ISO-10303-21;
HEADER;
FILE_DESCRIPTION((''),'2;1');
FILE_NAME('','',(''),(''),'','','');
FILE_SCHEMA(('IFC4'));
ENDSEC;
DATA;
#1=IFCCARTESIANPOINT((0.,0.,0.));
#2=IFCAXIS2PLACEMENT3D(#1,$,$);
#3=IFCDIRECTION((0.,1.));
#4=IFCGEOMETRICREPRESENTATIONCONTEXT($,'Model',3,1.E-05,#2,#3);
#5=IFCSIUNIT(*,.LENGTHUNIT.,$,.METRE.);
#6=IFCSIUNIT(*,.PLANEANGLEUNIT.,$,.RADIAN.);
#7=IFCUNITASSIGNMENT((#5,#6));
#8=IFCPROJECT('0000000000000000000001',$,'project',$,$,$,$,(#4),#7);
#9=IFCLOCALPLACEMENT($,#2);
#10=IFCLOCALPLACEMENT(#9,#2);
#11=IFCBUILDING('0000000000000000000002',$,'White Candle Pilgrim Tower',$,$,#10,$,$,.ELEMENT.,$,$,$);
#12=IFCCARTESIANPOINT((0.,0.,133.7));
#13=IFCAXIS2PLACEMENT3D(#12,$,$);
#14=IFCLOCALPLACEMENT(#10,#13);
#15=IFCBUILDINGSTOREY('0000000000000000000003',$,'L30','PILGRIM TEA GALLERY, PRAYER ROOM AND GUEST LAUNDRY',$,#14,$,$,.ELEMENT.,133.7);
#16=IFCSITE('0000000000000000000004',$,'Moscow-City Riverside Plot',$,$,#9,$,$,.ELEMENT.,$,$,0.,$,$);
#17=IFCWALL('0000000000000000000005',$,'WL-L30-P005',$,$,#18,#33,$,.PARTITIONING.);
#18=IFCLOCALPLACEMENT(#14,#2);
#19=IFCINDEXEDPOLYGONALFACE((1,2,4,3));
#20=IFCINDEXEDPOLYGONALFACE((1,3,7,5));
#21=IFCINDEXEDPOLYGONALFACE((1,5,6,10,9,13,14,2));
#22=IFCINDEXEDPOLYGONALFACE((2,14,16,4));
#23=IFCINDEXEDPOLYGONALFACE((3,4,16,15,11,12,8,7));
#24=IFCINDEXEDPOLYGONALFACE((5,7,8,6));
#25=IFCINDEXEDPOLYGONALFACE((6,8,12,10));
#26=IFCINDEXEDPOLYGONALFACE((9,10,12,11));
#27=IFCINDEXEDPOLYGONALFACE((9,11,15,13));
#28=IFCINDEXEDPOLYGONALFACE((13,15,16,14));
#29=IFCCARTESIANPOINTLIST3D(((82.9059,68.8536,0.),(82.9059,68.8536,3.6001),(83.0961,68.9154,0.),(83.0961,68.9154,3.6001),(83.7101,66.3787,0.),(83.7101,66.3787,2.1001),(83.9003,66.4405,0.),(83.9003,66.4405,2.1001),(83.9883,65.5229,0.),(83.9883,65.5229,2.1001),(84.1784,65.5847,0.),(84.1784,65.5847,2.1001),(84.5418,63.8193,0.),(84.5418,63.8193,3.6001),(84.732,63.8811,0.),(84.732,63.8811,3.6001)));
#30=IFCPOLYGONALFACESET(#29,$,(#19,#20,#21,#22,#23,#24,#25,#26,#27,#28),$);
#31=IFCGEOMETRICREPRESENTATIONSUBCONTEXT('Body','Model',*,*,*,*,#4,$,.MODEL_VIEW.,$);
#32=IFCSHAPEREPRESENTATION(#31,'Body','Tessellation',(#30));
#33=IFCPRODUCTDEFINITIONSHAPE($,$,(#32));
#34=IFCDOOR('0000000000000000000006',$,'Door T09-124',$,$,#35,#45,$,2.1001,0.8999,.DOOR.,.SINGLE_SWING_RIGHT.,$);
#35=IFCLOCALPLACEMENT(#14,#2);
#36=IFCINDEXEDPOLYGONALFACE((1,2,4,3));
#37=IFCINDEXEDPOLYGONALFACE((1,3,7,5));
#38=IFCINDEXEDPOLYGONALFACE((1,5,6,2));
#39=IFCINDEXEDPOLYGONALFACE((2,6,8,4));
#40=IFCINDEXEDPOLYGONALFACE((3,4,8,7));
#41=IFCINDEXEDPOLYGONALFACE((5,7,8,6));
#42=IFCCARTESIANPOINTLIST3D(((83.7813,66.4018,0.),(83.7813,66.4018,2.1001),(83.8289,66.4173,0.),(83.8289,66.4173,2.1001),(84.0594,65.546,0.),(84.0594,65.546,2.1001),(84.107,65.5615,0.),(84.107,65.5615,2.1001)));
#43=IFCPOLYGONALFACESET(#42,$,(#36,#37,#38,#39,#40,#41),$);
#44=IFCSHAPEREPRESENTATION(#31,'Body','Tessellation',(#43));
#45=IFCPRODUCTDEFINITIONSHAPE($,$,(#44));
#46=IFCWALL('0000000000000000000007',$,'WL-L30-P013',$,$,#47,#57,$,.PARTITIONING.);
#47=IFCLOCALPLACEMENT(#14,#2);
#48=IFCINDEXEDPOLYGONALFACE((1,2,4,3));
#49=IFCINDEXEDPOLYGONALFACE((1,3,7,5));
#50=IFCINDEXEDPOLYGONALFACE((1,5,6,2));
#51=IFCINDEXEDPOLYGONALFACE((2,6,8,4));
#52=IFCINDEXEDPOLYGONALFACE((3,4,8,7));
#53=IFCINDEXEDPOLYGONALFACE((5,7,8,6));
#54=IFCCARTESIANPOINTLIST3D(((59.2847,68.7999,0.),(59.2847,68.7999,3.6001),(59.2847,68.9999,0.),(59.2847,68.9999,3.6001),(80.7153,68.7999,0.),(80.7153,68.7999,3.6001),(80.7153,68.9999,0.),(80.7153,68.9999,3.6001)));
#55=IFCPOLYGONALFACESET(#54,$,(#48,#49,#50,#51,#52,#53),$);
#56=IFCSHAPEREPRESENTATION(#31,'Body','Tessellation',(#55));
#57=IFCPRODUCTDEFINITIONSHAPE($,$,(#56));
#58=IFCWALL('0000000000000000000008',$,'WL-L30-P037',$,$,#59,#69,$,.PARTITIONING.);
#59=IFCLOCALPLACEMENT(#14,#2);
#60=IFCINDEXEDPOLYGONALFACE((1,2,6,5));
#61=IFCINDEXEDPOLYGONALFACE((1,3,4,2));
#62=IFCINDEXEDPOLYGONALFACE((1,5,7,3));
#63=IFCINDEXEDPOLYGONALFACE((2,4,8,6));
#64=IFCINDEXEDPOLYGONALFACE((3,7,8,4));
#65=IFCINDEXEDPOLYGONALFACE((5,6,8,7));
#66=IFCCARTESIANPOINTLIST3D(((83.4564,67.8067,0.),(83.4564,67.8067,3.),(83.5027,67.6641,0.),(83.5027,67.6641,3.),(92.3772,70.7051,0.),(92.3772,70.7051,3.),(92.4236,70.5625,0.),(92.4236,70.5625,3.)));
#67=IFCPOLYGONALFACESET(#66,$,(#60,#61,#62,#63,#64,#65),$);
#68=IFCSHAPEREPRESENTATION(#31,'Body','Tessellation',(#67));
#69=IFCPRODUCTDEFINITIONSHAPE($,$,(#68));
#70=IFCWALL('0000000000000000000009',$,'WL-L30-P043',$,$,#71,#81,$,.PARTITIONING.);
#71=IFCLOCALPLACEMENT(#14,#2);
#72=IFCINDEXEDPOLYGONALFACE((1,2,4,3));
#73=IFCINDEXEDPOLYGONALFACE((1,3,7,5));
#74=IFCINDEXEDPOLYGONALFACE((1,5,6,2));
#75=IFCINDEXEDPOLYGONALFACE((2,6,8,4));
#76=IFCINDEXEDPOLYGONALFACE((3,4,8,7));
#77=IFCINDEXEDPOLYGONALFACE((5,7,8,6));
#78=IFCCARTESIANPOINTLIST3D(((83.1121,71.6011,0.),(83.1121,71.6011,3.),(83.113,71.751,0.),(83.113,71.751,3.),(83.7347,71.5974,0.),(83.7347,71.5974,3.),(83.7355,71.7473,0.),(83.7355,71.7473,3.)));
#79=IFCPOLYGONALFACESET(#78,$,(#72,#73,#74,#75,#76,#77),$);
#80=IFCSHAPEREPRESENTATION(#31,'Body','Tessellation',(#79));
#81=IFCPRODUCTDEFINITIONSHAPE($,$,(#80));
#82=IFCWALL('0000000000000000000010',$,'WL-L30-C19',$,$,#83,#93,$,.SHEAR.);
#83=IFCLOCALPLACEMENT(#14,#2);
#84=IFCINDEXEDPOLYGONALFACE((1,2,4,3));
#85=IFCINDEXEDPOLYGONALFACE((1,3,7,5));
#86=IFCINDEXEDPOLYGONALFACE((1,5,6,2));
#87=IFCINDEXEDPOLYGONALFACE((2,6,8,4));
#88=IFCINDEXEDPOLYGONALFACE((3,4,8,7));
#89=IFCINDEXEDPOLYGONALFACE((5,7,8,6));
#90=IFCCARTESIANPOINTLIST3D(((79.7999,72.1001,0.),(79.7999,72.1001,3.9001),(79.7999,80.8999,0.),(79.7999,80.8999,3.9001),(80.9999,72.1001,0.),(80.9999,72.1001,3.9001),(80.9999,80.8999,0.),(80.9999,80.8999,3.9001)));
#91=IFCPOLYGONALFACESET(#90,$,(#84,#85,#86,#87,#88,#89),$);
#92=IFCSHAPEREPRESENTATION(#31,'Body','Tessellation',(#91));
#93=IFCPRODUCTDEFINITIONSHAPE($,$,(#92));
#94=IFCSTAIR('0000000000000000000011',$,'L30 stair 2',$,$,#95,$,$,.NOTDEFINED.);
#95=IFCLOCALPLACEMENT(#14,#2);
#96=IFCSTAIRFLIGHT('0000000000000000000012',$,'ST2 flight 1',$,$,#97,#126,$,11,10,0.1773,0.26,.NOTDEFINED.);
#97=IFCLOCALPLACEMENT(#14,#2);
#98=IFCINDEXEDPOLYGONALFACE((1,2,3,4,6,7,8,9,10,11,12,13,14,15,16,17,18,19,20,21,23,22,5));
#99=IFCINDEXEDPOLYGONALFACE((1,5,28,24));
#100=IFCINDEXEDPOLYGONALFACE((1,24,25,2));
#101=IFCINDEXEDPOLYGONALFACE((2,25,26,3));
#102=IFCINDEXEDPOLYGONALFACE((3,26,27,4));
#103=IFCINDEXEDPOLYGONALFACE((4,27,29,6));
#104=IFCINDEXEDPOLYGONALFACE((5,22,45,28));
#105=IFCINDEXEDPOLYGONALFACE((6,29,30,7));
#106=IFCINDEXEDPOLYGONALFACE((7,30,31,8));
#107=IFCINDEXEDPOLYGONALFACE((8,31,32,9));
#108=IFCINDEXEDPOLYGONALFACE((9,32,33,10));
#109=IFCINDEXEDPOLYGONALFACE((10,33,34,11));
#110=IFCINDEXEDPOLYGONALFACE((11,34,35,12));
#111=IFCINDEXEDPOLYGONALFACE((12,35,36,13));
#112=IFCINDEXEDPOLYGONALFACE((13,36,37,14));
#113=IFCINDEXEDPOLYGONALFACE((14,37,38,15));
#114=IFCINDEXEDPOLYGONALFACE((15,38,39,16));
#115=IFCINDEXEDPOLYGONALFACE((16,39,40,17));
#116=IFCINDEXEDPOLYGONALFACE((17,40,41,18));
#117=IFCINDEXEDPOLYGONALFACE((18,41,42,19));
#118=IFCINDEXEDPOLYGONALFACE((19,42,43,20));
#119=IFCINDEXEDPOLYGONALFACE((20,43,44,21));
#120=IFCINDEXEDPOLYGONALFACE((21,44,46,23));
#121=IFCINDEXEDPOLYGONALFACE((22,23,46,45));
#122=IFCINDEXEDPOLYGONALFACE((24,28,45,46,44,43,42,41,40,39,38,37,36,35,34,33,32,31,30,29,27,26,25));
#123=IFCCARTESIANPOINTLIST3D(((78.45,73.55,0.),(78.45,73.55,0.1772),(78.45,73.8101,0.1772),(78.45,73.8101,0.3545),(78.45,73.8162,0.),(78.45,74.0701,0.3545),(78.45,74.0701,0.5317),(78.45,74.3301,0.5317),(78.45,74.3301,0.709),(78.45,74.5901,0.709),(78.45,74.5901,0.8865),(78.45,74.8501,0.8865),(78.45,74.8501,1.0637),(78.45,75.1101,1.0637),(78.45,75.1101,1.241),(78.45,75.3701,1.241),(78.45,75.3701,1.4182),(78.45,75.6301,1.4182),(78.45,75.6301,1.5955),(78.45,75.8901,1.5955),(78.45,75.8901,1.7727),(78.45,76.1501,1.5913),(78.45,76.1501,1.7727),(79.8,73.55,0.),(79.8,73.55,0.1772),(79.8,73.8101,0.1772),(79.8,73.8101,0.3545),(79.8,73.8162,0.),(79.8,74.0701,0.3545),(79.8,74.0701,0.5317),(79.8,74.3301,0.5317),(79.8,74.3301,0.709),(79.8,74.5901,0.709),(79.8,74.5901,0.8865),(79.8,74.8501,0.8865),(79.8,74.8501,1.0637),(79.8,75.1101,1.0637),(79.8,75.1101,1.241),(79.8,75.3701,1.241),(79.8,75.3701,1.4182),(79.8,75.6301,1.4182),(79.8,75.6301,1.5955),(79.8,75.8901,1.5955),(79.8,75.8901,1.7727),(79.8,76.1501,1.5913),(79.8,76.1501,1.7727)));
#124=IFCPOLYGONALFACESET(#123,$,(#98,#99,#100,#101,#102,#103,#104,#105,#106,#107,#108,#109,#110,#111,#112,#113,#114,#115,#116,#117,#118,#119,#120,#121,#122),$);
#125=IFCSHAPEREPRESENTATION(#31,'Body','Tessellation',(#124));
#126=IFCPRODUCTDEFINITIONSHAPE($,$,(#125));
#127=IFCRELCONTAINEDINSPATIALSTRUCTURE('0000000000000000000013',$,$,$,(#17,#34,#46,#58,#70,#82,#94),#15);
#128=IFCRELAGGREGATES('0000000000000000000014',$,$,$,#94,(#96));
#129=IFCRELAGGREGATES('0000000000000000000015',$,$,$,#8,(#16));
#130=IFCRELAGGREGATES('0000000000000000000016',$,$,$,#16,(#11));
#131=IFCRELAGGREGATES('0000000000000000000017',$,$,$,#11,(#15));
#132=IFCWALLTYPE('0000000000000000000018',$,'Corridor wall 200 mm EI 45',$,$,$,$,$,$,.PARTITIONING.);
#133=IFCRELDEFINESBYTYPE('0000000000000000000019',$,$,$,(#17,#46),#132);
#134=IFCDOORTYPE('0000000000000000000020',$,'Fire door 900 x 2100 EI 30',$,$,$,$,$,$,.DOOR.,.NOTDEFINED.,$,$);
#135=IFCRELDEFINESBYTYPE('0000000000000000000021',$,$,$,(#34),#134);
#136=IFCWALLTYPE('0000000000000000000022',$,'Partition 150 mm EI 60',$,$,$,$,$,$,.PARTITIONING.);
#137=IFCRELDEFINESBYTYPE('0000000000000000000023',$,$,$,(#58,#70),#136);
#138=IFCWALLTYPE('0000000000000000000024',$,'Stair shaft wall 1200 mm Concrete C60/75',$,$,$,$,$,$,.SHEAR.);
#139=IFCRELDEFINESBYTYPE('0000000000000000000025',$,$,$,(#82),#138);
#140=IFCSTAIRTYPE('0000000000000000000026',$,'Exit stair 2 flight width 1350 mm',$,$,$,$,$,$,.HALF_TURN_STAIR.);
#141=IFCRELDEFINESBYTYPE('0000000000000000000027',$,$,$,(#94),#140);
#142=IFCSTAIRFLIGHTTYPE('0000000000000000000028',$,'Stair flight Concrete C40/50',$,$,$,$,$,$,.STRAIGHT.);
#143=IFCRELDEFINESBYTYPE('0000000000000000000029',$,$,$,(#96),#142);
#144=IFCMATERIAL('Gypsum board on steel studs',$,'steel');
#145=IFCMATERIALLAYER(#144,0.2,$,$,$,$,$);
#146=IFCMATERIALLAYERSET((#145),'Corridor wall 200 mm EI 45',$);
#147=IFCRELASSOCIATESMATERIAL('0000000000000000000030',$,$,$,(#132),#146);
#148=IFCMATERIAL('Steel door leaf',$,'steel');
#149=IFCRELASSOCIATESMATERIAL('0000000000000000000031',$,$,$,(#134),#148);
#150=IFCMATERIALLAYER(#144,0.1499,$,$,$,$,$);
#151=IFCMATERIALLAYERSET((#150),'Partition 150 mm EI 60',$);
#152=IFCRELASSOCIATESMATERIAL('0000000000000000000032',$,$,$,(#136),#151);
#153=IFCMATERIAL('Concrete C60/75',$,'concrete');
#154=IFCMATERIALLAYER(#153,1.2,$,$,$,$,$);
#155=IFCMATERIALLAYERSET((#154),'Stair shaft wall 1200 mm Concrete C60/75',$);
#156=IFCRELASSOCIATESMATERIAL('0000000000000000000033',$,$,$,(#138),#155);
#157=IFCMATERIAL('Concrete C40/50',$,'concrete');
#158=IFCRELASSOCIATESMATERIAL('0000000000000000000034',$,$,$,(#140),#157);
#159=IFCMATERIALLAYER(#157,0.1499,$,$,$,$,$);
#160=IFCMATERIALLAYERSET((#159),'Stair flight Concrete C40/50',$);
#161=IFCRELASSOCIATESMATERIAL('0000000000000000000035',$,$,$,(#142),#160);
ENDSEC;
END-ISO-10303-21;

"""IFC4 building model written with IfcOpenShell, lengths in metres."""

from ifc_helpers import new_model, si_unit, direction, frame, frame_2d, origin, place, context, subcontext, project, spatial, polyline, rectangle, outline, extrude, material, layer, layer_set, type_object, element, fill, aggregate, save


model = new_model("IFC4")

# Units and contexts
model_context = context("Model", 3, precision=1e-05, world=origin(), true_north=direction((0.0, 1.0)))
body_context = subcontext(model_context, "Body", "Model", "MODEL_VIEW")
ifc_project = project(units=[si_unit("LENGTHUNIT", "METRE"), si_unit("PLANEANGLEUNIT", "RADIAN")], contexts=[model_context])

# Site, building, storey
site_placement = place(None, origin())
site = spatial("IfcSite", under=ifc_project, at=site_placement, Name="Moscow-City Riverside Plot", CompositionType="ELEMENT", RefElevation=0.0)
building_placement = place(site_placement, origin())
building = spatial("IfcBuilding", under=site, at=building_placement, Name="White Candle Pilgrim Tower", CompositionType="ELEMENT")
storey_placement = place(building_placement, frame((0.0, 0.0, 133.7)))
storey = spatial("IfcBuildingStorey", under=building, at=storey_placement, Name="L30", Description="PILGRIM TEA GALLERY, PRAYER ROOM AND GUEST LAUNDRY", CompositionType="ELEMENT", Elevation=133.7)

# Wall, opening, door
ifc_material_1 = material(Name="Gypsum board on steel studs", Category="steel")
ifc_layer_1 = layer(ifc_material_1, 0.2)
ifc_layer_set_1 = layer_set([ifc_layer_1], Name="Corridor wall 200 mm EI 45")
wall_type_1 = type_object("IfcWallType", Name="Corridor wall 200 mm EI 45", PredefinedType="PARTITIONING", material=ifc_layer_set_1)
wall_1_placement = place(storey_placement, frame((83.001, 68.8845, 0.0), z_axis=(0.0, 0.0, 1.0), x_axis=(0.309052, -0.951045, 0.0)))
wall_1 = element("IfcWall", 1, at=wall_1_placement, inside=storey, type_object=wall_type_1, Name="WL-L30-P005", PredefinedType="PARTITIONING", context=body_context, shape_type="SweptSolid", body=[
    extrude(rectangle(XDim=5.2935, YDim=0.2, at=frame_2d((2.6467, 0.0))), origin(), (0.0, 0.0, 1.0), 3.6001),
])
opening_placement = place(wall_1_placement, frame((2.6023, 0.0, 0.0)))
opening = element("IfcOpeningElement", 2, at=opening_placement, cuts=wall_1, PredefinedType="OPENING", context=body_context, shape_type="SweptSolid", body=[
    extrude(rectangle(XDim=0.8999, YDim=2.1001, at=frame_2d((0.45, 1.05))), frame((0.0, 0.1099, 0.0), z_axis=(0.0, -1.0, 0.0), x_axis=(1.0, 0.0, 0.0)), (0.0, 0.0, 1.0), 0.22),
])
ifc_material_2 = material(Name="Steel door leaf", Category="steel")
door_type = type_object("IfcDoorType", Name="Fire door 900 x 2100 EI 30", OperationType="NOTDEFINED", PredefinedType="DOOR", material=ifc_material_2)
door_placement = place(opening_placement, origin())
door = element("IfcDoor", 3, at=door_placement, inside=storey, type_object=door_type, Name="Door T09-124", OperationType="SINGLE_SWING_RIGHT", OverallHeight=2.1001, OverallWidth=0.8999, PredefinedType="DOOR", context=body_context, shape_type="SweptSolid", body=[
    extrude(rectangle(XDim=0.8999, YDim=2.1001, at=frame_2d((0.45, 1.05))), frame((0.0, 0.0249, 0.0), z_axis=(0.0, -1.0, 0.0), x_axis=(1.0, 0.0, 0.0)), (0.0, 0.0, 1.0), 0.05),
])
fill(opening, door)

# Walls
wall_2_placement = place(storey_placement, frame((80.7153, 68.8999, 0.0), z_axis=(0.0, 0.0, 1.0), x_axis=(-1.0, 0.0, 0.0)))
element("IfcWall", 4, at=wall_2_placement, inside=storey, type_object=wall_type_1, Name="WL-L30-P013", PredefinedType="PARTITIONING", context=body_context, shape_type="SweptSolid", body=[
    extrude(rectangle(XDim=21.4307, YDim=0.2, at=frame_2d((10.7153, 0.0))), origin(), (0.0, 0.0, 1.0), 3.6001),
])
ifc_layer_2 = layer(ifc_material_1, 0.1499)
ifc_layer_set_2 = layer_set([ifc_layer_2], Name="Partition 150 mm EI 60")
wall_type_2 = type_object("IfcWallType", Name="Partition 150 mm EI 60", PredefinedType="PARTITIONING", material=ifc_layer_set_2)
wall_3_placement = place(storey_placement, frame((92.4004, 70.6338, 0.0), z_axis=(0.0, 0.0, 1.0), x_axis=(-0.951061, -0.309004, 0.0)))
element("IfcWall", 5, at=wall_3_placement, inside=storey, type_object=wall_type_2, Name="WL-L30-P037", PredefinedType="PARTITIONING", context=body_context, shape_type="SweptSolid", body=[
    extrude(rectangle(XDim=9.3799, YDim=0.1499, at=frame_2d((4.6899, 0.0))), origin(), (0.0, 0.0, 1.0), 3.0),
])
wall_4_placement = place(storey_placement, frame((83.7351, 71.6724, 0.0), z_axis=(0.0, 0.0, 1.0), x_axis=(-0.999983, 0.005882, 0.0)))
element("IfcWall", 6, at=wall_4_placement, inside=storey, type_object=wall_type_2, Name="WL-L30-P043", PredefinedType="PARTITIONING", context=body_context, shape_type="SweptSolid", body=[
    extrude(rectangle(XDim=0.6226, YDim=0.1499, at=frame_2d((0.3113, 0.0))), origin(), (0.0, 0.0, 1.0), 3.0),
])
ifc_material_3 = material(Name="Concrete C60/75", Category="concrete")
ifc_layer_3 = layer(ifc_material_3, 1.2)
ifc_layer_set_3 = layer_set([ifc_layer_3], Name="Stair shaft wall 1200 mm Concrete C60/75")
wall_type_3 = type_object("IfcWallType", Name="Stair shaft wall 1200 mm Concrete C60/75", PredefinedType="SHEAR", material=ifc_layer_set_3)
wall_5_placement = place(storey_placement, frame((80.3999, 72.1001, 0.0), z_axis=(0.0, 0.0, 1.0), x_axis=(0.0, 1.0, 0.0)))
element("IfcWall", 7, at=wall_5_placement, inside=storey, type_object=wall_type_3, Name="WL-L30-C19", PredefinedType="SHEAR", context=body_context, shape_type="SweptSolid", body=[
    extrude(rectangle(XDim=8.7998, YDim=1.2, at=frame_2d((4.3999, 0.0))), origin(), (0.0, 0.0, 1.0), 3.9001),
])

# Stair, stair flight
ifc_material_4 = material(Name="Concrete C40/50", Category="concrete")
stair_type = type_object("IfcStairType", Name="Exit stair 2 flight width 1350 mm", PredefinedType="HALF_TURN_STAIR", material=ifc_material_4)
stair_placement = place(storey_placement, origin())
stair = element("IfcStair", 8, at=stair_placement, inside=storey, type_object=stair_type, Name="L30 stair 2", PredefinedType="NOTDEFINED")
ifc_layer_4 = layer(ifc_material_4, 0.1499)
ifc_layer_set_4 = layer_set([ifc_layer_4], Name="Stair flight Concrete C40/50")
stair_flight_type = type_object("IfcStairFlightType", Name="Stair flight Concrete C40/50", PredefinedType="STRAIGHT", material=ifc_layer_set_4)
stair_flight_placement = place(storey_placement, frame((79.125, 73.55, 0.0), z_axis=(0.0, 0.0, 1.0), x_axis=(0.0, 1.0, 0.0)))
stair_flight = element("IfcStairFlight", 9, at=stair_flight_placement, type_object=stair_flight_type, Name="ST2 flight 1", NumberOfRisers=11, NumberOfTreads=10, PredefinedType="NOTDEFINED", RiserHeight=0.1773, TreadLength=0.26, context=body_context, shape_type="SweptSolid", body=[
    extrude(outline(polyline([(0.0, 0.0), (0.0, 0.1772), (0.26, 0.1772), (0.26, 0.3545), (0.52, 0.3545), (0.52, 0.5317), (0.78, 0.5317), (0.78, 0.709), (1.04, 0.709), (1.04, 0.8865), (1.3, 0.8865), (1.3, 1.0637), (1.5601, 1.0637), (1.5601, 1.241), (1.8201, 1.241), (1.8201, 1.4182), (2.0801, 1.4182), (2.0801, 1.5955), (2.3401, 1.5955), (2.3401, 1.7727), (2.6001, 1.7727), (2.6001, 1.95), (2.6001, 1.5913), (0.2661, 0.0), (0.0, 0.0)])), frame((0.0, 0.675, 0.0), z_axis=(0.0, -1.0, 0.0), x_axis=(1.0, 0.0, 0.0)), (0.0, 0.0, 1.0), 1.3501),
])
aggregate(stair, [stair_flight])

save(model, "model.ifc")
